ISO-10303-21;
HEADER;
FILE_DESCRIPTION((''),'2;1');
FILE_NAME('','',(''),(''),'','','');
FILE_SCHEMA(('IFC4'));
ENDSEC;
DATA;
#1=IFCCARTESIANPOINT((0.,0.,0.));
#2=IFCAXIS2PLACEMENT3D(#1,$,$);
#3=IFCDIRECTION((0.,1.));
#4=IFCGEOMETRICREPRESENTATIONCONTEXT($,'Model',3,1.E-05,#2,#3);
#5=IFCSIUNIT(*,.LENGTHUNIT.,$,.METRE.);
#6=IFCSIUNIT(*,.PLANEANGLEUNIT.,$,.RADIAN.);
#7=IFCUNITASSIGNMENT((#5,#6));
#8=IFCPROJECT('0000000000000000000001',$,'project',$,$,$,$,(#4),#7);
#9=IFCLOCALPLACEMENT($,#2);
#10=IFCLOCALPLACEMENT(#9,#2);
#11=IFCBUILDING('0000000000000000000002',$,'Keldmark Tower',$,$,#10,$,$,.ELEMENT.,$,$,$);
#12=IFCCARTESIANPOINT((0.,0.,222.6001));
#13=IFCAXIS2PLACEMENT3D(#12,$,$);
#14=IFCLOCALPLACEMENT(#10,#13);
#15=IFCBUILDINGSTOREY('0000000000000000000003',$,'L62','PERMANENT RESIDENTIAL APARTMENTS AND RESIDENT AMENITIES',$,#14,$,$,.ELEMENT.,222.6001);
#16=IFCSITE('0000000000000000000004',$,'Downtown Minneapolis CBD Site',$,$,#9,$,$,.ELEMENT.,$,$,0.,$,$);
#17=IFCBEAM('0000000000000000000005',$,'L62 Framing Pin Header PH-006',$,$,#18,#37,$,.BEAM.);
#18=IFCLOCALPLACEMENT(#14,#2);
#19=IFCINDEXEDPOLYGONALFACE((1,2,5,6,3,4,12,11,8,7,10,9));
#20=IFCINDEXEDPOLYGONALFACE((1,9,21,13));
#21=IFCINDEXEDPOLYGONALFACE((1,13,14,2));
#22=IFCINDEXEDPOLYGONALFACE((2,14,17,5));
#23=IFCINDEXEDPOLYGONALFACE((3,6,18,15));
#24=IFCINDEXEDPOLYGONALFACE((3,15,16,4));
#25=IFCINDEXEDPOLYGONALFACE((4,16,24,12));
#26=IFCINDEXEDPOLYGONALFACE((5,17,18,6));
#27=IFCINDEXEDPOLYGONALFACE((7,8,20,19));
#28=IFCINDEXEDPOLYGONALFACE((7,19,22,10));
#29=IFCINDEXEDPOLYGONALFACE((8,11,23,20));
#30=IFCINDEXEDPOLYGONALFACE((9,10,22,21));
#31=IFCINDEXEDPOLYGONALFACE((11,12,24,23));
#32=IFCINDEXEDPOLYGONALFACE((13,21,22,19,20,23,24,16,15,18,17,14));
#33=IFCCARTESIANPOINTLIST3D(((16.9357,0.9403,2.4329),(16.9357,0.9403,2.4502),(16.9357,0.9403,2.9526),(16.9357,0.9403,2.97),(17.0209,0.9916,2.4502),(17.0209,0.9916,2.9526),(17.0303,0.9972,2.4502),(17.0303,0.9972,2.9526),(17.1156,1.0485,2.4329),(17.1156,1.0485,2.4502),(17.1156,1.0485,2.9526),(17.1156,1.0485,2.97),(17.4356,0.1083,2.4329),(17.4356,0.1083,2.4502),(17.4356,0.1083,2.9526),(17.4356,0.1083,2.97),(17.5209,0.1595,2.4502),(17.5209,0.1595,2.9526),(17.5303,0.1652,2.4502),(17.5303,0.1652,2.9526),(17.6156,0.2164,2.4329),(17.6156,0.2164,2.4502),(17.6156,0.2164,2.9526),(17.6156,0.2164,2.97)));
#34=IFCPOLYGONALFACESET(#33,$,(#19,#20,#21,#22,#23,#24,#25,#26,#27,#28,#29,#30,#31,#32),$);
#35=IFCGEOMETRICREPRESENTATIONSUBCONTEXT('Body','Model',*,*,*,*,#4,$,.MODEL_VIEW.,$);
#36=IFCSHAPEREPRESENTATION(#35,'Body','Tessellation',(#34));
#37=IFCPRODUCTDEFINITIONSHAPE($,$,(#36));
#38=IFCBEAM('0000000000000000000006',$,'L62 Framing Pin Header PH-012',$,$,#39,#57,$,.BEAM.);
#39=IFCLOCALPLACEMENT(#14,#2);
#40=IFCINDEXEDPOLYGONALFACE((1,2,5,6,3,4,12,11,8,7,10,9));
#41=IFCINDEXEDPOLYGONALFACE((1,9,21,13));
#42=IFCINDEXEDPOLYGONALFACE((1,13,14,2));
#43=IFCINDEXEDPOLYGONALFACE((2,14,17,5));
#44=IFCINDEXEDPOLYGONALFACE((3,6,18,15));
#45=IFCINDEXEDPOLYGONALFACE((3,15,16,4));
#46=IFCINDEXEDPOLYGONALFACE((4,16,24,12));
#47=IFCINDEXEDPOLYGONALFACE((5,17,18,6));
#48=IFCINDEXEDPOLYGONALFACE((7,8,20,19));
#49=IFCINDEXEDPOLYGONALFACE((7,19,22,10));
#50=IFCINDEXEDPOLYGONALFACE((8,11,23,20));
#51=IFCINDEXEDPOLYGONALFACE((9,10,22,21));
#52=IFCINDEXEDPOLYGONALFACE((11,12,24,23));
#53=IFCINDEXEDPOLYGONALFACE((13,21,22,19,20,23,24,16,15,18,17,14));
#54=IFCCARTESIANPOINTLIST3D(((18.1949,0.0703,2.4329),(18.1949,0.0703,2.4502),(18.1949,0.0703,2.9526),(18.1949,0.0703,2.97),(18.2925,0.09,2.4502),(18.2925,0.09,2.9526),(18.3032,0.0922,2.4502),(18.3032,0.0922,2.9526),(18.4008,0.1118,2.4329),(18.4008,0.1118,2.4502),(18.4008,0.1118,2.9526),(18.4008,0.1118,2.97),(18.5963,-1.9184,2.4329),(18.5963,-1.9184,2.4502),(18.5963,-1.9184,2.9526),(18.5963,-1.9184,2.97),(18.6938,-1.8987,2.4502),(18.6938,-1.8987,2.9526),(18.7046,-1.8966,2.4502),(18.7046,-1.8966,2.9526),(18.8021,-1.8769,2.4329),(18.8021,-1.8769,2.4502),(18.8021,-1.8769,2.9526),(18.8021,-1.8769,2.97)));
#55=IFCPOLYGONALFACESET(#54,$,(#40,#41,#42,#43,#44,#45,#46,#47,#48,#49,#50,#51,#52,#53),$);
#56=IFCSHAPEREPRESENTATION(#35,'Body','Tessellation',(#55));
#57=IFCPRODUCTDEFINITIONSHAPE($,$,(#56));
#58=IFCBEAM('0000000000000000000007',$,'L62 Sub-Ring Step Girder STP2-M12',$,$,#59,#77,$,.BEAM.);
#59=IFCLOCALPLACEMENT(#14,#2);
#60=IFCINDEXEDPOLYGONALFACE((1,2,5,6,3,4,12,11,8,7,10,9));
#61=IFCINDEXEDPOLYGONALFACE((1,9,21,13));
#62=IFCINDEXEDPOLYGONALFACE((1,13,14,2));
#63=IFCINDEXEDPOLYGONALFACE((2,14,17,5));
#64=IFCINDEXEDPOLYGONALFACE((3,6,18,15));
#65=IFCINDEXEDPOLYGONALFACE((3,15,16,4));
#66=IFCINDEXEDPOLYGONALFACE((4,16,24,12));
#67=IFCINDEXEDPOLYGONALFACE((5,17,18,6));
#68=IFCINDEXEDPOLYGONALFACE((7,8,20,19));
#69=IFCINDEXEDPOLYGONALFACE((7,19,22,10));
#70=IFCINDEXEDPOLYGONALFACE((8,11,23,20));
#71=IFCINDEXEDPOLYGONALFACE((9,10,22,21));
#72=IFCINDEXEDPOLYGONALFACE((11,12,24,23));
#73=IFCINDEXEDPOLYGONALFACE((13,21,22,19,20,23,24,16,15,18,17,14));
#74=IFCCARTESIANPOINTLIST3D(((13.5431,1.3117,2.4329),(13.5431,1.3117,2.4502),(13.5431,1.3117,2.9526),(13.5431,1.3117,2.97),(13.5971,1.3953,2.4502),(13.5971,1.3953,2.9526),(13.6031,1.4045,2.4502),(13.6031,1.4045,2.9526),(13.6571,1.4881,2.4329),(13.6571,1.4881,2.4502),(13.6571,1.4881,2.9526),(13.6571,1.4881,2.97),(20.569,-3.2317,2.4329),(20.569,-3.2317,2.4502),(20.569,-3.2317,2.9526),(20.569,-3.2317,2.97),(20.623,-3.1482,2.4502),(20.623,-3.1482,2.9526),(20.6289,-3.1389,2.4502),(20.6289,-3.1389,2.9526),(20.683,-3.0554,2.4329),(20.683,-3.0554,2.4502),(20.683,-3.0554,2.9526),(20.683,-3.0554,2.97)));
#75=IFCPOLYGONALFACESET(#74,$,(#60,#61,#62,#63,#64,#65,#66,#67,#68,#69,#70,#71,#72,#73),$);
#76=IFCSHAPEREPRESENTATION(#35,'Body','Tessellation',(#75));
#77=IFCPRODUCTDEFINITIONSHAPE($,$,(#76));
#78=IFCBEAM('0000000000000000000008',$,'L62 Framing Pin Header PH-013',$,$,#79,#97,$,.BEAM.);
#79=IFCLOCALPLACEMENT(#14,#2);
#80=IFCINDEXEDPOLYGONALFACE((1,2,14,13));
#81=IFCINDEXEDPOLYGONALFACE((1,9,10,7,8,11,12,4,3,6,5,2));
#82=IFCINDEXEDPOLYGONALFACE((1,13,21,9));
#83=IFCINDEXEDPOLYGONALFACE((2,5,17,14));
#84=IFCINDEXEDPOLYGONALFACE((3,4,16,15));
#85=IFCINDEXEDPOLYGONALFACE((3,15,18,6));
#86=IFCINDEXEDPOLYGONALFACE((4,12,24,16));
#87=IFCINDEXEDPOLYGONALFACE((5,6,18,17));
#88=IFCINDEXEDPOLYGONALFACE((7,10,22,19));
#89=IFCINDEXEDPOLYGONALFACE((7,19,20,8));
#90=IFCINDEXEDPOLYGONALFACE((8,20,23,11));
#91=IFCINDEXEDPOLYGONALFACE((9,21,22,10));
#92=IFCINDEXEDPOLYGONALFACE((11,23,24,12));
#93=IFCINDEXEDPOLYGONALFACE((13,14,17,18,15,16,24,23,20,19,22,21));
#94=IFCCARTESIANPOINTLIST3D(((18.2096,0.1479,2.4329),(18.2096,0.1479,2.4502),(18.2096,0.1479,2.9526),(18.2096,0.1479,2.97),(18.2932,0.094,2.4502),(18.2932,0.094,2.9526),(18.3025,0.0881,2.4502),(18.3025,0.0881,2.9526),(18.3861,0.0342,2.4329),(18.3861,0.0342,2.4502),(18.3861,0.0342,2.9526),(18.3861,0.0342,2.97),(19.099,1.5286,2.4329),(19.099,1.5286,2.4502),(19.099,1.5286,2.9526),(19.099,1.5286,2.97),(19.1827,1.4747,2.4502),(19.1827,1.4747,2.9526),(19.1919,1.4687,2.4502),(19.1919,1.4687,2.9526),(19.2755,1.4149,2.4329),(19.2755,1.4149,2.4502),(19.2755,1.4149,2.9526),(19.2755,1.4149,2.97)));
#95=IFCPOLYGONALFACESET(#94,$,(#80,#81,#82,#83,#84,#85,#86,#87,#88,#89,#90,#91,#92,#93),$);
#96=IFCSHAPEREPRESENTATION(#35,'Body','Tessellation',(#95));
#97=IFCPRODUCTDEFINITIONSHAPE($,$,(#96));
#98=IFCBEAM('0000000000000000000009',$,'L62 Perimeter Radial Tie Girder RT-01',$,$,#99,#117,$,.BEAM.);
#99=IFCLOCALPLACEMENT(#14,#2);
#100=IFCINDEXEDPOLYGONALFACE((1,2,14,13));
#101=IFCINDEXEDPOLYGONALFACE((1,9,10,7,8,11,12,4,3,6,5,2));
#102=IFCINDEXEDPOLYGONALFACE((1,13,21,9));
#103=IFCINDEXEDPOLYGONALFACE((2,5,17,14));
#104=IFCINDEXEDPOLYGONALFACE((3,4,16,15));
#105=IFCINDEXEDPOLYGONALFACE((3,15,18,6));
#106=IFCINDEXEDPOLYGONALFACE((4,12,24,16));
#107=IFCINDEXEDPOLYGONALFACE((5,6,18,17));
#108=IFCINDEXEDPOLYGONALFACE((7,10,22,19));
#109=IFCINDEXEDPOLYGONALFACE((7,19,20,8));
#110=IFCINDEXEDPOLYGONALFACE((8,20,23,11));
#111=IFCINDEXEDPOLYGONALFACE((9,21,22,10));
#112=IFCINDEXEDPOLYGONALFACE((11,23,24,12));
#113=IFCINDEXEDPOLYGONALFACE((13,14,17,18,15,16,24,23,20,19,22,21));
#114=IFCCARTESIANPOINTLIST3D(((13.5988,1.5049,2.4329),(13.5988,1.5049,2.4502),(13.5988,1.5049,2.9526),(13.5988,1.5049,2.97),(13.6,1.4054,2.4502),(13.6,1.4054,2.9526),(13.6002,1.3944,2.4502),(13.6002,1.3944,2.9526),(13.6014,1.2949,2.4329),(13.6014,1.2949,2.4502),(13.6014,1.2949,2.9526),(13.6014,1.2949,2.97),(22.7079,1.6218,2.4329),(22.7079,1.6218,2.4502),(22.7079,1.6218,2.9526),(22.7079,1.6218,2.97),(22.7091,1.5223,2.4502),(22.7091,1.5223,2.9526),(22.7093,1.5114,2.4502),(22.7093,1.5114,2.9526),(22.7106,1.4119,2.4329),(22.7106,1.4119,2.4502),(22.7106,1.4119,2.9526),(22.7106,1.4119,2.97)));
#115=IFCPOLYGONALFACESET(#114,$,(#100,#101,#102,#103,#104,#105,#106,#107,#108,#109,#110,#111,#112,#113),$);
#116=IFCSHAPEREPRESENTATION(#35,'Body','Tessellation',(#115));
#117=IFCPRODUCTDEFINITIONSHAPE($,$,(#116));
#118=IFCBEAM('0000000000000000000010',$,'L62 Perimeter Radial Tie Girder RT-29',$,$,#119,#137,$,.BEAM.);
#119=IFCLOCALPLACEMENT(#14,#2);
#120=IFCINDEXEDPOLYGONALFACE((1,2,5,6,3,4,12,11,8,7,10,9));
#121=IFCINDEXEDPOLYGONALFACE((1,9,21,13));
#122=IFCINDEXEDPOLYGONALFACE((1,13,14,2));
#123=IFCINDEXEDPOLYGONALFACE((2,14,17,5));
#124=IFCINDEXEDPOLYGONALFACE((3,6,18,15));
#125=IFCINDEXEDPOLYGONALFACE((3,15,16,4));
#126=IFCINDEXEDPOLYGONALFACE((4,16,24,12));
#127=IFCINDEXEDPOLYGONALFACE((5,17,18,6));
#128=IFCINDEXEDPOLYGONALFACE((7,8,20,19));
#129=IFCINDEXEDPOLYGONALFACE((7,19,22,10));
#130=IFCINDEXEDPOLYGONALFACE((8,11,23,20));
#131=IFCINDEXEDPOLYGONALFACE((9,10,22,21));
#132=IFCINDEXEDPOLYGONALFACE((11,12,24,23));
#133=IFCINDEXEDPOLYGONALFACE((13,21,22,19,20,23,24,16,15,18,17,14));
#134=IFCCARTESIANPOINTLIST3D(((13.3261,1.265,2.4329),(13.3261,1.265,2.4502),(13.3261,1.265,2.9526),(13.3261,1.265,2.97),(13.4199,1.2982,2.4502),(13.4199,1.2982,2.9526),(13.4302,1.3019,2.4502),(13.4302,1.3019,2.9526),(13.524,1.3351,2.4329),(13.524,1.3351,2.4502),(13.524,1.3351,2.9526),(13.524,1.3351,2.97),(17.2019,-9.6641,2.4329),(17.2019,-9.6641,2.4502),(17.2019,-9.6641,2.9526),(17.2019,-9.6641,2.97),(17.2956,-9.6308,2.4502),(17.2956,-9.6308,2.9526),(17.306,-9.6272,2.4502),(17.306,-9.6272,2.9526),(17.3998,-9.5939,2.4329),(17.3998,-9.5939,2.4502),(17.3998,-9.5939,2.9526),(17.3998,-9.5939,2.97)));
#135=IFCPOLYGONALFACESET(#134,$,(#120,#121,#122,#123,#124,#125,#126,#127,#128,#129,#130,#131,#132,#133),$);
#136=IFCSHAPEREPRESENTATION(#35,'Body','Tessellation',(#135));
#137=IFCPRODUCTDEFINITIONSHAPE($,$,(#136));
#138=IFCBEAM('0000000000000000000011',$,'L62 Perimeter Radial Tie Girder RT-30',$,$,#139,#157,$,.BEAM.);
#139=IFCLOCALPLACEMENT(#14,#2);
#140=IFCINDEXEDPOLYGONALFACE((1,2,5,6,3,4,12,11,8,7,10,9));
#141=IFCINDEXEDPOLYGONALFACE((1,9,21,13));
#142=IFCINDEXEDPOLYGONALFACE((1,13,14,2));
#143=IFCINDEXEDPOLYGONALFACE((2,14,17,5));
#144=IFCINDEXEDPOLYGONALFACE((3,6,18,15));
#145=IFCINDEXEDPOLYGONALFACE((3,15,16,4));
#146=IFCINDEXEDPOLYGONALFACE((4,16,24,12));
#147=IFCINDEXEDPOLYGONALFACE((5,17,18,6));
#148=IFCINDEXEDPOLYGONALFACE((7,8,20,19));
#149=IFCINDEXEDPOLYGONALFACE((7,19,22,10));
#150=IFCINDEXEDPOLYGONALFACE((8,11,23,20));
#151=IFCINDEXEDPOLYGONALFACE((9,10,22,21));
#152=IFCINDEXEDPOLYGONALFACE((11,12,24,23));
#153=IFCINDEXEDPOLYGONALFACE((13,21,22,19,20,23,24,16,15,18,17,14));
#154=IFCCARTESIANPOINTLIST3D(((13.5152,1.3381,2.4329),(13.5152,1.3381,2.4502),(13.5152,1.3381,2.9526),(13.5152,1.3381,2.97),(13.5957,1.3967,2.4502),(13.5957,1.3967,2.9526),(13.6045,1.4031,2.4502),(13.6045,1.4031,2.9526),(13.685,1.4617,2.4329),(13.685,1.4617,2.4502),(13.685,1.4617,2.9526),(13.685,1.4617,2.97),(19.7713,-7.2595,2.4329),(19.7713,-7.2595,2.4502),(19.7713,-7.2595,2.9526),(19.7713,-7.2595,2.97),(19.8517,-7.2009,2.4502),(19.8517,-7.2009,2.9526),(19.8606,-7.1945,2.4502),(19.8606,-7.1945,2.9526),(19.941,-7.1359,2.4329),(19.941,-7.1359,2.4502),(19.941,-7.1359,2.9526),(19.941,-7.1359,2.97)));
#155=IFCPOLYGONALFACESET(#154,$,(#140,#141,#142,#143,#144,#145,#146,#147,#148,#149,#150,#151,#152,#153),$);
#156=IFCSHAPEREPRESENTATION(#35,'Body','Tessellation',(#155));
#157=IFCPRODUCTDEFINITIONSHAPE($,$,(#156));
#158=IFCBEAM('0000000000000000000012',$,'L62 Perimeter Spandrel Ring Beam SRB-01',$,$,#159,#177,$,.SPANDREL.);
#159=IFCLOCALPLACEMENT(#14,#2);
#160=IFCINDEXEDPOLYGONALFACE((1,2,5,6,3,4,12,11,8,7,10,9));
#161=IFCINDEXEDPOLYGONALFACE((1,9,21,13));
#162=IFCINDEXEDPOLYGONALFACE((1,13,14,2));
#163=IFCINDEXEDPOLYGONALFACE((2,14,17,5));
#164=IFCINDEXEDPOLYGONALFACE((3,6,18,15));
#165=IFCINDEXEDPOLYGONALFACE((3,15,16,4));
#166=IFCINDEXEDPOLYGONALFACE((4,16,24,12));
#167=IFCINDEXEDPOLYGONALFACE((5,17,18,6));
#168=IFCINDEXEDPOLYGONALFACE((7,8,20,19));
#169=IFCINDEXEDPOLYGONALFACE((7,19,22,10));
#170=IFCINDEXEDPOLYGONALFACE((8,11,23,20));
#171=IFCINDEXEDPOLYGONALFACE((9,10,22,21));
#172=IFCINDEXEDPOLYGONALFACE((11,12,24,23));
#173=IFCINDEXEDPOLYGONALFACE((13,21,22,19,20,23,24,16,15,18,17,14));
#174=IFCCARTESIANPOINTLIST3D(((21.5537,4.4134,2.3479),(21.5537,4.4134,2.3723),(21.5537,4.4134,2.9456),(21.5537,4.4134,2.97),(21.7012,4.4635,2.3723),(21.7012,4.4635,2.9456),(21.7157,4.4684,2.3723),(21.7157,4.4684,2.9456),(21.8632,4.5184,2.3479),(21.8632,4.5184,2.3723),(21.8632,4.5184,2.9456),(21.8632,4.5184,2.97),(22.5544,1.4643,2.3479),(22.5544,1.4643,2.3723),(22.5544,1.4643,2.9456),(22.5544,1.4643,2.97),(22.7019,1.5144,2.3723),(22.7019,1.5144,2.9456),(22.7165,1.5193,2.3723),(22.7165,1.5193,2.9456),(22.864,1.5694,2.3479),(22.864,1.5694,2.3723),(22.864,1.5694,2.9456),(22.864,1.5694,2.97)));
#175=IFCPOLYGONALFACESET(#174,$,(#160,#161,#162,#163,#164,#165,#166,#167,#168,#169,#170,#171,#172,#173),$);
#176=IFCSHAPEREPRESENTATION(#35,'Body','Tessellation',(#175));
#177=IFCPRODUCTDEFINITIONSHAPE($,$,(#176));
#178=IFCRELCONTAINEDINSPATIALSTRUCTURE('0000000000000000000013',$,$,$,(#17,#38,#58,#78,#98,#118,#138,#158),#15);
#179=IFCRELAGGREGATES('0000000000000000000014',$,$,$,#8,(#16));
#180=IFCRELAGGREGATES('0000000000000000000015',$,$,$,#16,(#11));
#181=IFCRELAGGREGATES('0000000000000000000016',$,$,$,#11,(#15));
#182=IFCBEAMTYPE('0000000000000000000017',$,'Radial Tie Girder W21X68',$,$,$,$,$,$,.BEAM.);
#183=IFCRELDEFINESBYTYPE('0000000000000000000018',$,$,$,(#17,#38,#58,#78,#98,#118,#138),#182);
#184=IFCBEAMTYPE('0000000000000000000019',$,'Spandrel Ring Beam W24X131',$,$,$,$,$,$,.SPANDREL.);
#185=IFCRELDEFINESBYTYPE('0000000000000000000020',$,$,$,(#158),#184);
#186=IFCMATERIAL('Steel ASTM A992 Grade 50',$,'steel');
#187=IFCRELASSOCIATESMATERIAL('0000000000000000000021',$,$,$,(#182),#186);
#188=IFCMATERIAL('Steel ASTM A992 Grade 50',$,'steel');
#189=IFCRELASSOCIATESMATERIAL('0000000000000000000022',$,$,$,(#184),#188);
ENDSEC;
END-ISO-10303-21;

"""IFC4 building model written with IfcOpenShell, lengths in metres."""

from ifc_helpers import new_model, si_unit, direction, frame, origin, origin_2d, place, context, subcontext, project, spatial, i_section, extrude, material, material_profile, profile_set, type_object, element, save


model = new_model("IFC4")

# Units and contexts
model_context = context("Model", 3, precision=1e-05, world=origin(), true_north=direction((0.0, 1.0)))
body_context = subcontext(model_context, "Body", "Model", "MODEL_VIEW")
ifc_project = project(units=[si_unit("LENGTHUNIT", "METRE"), si_unit("PLANEANGLEUNIT", "RADIAN")], contexts=[model_context])

# Site, building, storey
site_placement = place(None, origin())
site = spatial("IfcSite", under=ifc_project, at=site_placement, Name="Downtown Minneapolis CBD Site", CompositionType="ELEMENT", RefElevation=0.0)
building_placement = place(site_placement, origin())
building = spatial("IfcBuilding", under=site, at=building_placement, Name="Keldmark Tower", CompositionType="ELEMENT")
storey_placement = place(building_placement, frame((0.0, 0.0, 222.6001)))
storey = spatial("IfcBuildingStorey", under=building, at=storey_placement, Name="L62", Description="PERMANENT RESIDENTIAL APARTMENTS AND RESIDENT AMENITIES", CompositionType="ELEMENT", Elevation=222.6001)

# Beams
ifc_material_1 = material(Name="Steel ASTM A992 Grade 50", Category="steel")
ifc_material_profile_1 = material_profile(ifc_material_1, i_section(OverallWidth=0.21, OverallDepth=0.5371, WebThickness=0.011, FlangeThickness=0.0173, at=origin_2d()), Name="W21X68")
ifc_profile_set_1 = profile_set([ifc_material_profile_1], Name="Steel ASTM A992 Grade 50")
beam_type_1 = type_object("IfcBeamType", Name="Radial Tie Girder W21X68", PredefinedType="BEAM", material=ifc_profile_set_1)
beam_1_placement = place(storey_placement, frame((17.0256, 0.9944, 2.7014), z_axis=(0.515087, -0.857138, 0.0), x_axis=(0.857138, 0.515087, 0.0)))
element("IfcBeam", 1, at=beam_1_placement, inside=storey, type_object=beam_type_1, Name="L62 Framing Pin Header PH-006", PredefinedType="BEAM", context=body_context, shape_type="SweptSolid", body=[
    extrude(i_section(OverallWidth=0.21, OverallDepth=0.5371, WebThickness=0.011, FlangeThickness=0.0173, at=origin_2d()), origin(), (0.0, 0.0, 1.0), 0.9707),
])
beam_2_placement = place(storey_placement, frame((18.2979, 0.0911, 2.7014), z_axis=(0.197828, -0.980237, 0.0), x_axis=(0.980237, 0.197828, 0.0)))
element("IfcBeam", 2, at=beam_2_placement, inside=storey, type_object=beam_type_1, Name="L62 Framing Pin Header PH-012", PredefinedType="BEAM", context=body_context, shape_type="SweptSolid", body=[
    extrude(i_section(OverallWidth=0.21, OverallDepth=0.5371, WebThickness=0.011, FlangeThickness=0.0173, at=origin_2d()), origin(), (0.0, 0.0, 1.0), 2.0288),
])
beam_3_placement = place(storey_placement, frame((13.6001, 1.3999, 2.7014), z_axis=(0.839717, -0.543024, 0.0), x_axis=(0.543024, 0.839717, 0.0)))
element("IfcBeam", 3, at=beam_3_placement, inside=storey, type_object=beam_type_1, Name="L62 Sub-Ring Step Girder STP2-M12", PredefinedType="BEAM", context=body_context, shape_type="SweptSolid", body=[
    extrude(i_section(OverallWidth=0.21, OverallDepth=0.5371, WebThickness=0.011, FlangeThickness=0.0173, at=origin_2d()), origin(), (0.0, 0.0, 1.0), 8.3669),
])
beam_4_placement = place(storey_placement, frame((18.2979, 0.0911, 2.7014), z_axis=(0.541561, 0.840661, 0.0), x_axis=(-0.840661, 0.541561, 0.0)))
element("IfcBeam", 4, at=beam_4_placement, inside=storey, type_object=beam_type_1, Name="L62 Framing Pin Header PH-013", PredefinedType="BEAM", context=body_context, shape_type="SweptSolid", body=[
    extrude(i_section(OverallWidth=0.21, OverallDepth=0.5371, WebThickness=0.011, FlangeThickness=0.0173, at=origin_2d()), origin(), (0.0, 0.0, 1.0), 1.6423),
])
beam_5_placement = place(storey_placement, frame((13.6001, 1.3999, 2.7014), z_axis=(0.999918, 0.012837, 0.0), x_axis=(-0.012837, 0.999918, 0.0)))
element("IfcBeam", 5, at=beam_5_placement, inside=storey, type_object=beam_type_1, Name="L62 Perimeter Radial Tie Girder RT-01", PredefinedType="BEAM", context=body_context, shape_type="SweptSolid", body=[
    extrude(i_section(OverallWidth=0.21, OverallDepth=0.5371, WebThickness=0.011, FlangeThickness=0.0173, at=origin_2d()), origin(), (0.0, 0.0, 1.0), 9.1099),
])
beam_6_placement = place(storey_placement, frame((13.425, 1.3, 2.7014), z_axis=(0.334235, -0.94249, 0.0), x_axis=(0.94249, 0.334235, 0.0)))
element("IfcBeam", 6, at=beam_6_placement, inside=storey, type_object=beam_type_1, Name="L62 Perimeter Radial Tie Girder RT-29", PredefinedType="BEAM", context=body_context, shape_type="SweptSolid", body=[
    extrude(i_section(OverallWidth=0.21, OverallDepth=0.5371, WebThickness=0.011, FlangeThickness=0.0173, at=origin_2d()), origin(), (0.0, 0.0, 1.0), 11.5959),
])
beam_7_placement = place(storey_placement, frame((13.6001, 1.3999, 2.7014), z_axis=(0.588372, -0.80859, 0.0), x_axis=(0.80859, 0.588372, 0.0)))
element("IfcBeam", 7, at=beam_7_placement, inside=storey, type_object=beam_type_1, Name="L62 Perimeter Radial Tie Girder RT-30", PredefinedType="BEAM", context=body_context, shape_type="SweptSolid", body=[
    extrude(i_section(OverallWidth=0.21, OverallDepth=0.5371, WebThickness=0.011, FlangeThickness=0.0173, at=origin_2d()), origin(), (0.0, 0.0, 1.0), 10.6328),
])
ifc_material_2 = material(Name="Steel ASTM A992 Grade 50", Category="steel")
ifc_material_profile_2 = material_profile(ifc_material_2, i_section(OverallWidth=0.3269, OverallDepth=0.6221, WebThickness=0.0154, FlangeThickness=0.0244, at=origin_2d()), Name="W24X131")
ifc_profile_set_2 = profile_set([ifc_material_profile_2], Name="Steel ASTM A992 Grade 50")
beam_type_2 = type_object("IfcBeamType", Name="Spandrel Ring Beam W24X131", PredefinedType="SPANDREL", material=ifc_profile_set_2)
beam_8_placement = place(storey_placement, frame((22.7092, 1.5168, 2.6589), z_axis=(-0.32135, 0.94696, 0.0), x_axis=(-0.94696, -0.32135, 0.0)))
element("IfcBeam", 8, at=beam_8_placement, inside=storey, type_object=beam_type_2, Name="L62 Perimeter Spandrel Ring Beam SRB-01", PredefinedType="SPANDREL", context=body_context, shape_type="SweptSolid", body=[
    extrude(i_section(OverallWidth=0.3269, OverallDepth=0.6221, WebThickness=0.0154, FlangeThickness=0.0244, at=origin_2d()), origin(), (0.0, 0.0, 1.0), 3.1143),
])

save(model, "model.ifc")
